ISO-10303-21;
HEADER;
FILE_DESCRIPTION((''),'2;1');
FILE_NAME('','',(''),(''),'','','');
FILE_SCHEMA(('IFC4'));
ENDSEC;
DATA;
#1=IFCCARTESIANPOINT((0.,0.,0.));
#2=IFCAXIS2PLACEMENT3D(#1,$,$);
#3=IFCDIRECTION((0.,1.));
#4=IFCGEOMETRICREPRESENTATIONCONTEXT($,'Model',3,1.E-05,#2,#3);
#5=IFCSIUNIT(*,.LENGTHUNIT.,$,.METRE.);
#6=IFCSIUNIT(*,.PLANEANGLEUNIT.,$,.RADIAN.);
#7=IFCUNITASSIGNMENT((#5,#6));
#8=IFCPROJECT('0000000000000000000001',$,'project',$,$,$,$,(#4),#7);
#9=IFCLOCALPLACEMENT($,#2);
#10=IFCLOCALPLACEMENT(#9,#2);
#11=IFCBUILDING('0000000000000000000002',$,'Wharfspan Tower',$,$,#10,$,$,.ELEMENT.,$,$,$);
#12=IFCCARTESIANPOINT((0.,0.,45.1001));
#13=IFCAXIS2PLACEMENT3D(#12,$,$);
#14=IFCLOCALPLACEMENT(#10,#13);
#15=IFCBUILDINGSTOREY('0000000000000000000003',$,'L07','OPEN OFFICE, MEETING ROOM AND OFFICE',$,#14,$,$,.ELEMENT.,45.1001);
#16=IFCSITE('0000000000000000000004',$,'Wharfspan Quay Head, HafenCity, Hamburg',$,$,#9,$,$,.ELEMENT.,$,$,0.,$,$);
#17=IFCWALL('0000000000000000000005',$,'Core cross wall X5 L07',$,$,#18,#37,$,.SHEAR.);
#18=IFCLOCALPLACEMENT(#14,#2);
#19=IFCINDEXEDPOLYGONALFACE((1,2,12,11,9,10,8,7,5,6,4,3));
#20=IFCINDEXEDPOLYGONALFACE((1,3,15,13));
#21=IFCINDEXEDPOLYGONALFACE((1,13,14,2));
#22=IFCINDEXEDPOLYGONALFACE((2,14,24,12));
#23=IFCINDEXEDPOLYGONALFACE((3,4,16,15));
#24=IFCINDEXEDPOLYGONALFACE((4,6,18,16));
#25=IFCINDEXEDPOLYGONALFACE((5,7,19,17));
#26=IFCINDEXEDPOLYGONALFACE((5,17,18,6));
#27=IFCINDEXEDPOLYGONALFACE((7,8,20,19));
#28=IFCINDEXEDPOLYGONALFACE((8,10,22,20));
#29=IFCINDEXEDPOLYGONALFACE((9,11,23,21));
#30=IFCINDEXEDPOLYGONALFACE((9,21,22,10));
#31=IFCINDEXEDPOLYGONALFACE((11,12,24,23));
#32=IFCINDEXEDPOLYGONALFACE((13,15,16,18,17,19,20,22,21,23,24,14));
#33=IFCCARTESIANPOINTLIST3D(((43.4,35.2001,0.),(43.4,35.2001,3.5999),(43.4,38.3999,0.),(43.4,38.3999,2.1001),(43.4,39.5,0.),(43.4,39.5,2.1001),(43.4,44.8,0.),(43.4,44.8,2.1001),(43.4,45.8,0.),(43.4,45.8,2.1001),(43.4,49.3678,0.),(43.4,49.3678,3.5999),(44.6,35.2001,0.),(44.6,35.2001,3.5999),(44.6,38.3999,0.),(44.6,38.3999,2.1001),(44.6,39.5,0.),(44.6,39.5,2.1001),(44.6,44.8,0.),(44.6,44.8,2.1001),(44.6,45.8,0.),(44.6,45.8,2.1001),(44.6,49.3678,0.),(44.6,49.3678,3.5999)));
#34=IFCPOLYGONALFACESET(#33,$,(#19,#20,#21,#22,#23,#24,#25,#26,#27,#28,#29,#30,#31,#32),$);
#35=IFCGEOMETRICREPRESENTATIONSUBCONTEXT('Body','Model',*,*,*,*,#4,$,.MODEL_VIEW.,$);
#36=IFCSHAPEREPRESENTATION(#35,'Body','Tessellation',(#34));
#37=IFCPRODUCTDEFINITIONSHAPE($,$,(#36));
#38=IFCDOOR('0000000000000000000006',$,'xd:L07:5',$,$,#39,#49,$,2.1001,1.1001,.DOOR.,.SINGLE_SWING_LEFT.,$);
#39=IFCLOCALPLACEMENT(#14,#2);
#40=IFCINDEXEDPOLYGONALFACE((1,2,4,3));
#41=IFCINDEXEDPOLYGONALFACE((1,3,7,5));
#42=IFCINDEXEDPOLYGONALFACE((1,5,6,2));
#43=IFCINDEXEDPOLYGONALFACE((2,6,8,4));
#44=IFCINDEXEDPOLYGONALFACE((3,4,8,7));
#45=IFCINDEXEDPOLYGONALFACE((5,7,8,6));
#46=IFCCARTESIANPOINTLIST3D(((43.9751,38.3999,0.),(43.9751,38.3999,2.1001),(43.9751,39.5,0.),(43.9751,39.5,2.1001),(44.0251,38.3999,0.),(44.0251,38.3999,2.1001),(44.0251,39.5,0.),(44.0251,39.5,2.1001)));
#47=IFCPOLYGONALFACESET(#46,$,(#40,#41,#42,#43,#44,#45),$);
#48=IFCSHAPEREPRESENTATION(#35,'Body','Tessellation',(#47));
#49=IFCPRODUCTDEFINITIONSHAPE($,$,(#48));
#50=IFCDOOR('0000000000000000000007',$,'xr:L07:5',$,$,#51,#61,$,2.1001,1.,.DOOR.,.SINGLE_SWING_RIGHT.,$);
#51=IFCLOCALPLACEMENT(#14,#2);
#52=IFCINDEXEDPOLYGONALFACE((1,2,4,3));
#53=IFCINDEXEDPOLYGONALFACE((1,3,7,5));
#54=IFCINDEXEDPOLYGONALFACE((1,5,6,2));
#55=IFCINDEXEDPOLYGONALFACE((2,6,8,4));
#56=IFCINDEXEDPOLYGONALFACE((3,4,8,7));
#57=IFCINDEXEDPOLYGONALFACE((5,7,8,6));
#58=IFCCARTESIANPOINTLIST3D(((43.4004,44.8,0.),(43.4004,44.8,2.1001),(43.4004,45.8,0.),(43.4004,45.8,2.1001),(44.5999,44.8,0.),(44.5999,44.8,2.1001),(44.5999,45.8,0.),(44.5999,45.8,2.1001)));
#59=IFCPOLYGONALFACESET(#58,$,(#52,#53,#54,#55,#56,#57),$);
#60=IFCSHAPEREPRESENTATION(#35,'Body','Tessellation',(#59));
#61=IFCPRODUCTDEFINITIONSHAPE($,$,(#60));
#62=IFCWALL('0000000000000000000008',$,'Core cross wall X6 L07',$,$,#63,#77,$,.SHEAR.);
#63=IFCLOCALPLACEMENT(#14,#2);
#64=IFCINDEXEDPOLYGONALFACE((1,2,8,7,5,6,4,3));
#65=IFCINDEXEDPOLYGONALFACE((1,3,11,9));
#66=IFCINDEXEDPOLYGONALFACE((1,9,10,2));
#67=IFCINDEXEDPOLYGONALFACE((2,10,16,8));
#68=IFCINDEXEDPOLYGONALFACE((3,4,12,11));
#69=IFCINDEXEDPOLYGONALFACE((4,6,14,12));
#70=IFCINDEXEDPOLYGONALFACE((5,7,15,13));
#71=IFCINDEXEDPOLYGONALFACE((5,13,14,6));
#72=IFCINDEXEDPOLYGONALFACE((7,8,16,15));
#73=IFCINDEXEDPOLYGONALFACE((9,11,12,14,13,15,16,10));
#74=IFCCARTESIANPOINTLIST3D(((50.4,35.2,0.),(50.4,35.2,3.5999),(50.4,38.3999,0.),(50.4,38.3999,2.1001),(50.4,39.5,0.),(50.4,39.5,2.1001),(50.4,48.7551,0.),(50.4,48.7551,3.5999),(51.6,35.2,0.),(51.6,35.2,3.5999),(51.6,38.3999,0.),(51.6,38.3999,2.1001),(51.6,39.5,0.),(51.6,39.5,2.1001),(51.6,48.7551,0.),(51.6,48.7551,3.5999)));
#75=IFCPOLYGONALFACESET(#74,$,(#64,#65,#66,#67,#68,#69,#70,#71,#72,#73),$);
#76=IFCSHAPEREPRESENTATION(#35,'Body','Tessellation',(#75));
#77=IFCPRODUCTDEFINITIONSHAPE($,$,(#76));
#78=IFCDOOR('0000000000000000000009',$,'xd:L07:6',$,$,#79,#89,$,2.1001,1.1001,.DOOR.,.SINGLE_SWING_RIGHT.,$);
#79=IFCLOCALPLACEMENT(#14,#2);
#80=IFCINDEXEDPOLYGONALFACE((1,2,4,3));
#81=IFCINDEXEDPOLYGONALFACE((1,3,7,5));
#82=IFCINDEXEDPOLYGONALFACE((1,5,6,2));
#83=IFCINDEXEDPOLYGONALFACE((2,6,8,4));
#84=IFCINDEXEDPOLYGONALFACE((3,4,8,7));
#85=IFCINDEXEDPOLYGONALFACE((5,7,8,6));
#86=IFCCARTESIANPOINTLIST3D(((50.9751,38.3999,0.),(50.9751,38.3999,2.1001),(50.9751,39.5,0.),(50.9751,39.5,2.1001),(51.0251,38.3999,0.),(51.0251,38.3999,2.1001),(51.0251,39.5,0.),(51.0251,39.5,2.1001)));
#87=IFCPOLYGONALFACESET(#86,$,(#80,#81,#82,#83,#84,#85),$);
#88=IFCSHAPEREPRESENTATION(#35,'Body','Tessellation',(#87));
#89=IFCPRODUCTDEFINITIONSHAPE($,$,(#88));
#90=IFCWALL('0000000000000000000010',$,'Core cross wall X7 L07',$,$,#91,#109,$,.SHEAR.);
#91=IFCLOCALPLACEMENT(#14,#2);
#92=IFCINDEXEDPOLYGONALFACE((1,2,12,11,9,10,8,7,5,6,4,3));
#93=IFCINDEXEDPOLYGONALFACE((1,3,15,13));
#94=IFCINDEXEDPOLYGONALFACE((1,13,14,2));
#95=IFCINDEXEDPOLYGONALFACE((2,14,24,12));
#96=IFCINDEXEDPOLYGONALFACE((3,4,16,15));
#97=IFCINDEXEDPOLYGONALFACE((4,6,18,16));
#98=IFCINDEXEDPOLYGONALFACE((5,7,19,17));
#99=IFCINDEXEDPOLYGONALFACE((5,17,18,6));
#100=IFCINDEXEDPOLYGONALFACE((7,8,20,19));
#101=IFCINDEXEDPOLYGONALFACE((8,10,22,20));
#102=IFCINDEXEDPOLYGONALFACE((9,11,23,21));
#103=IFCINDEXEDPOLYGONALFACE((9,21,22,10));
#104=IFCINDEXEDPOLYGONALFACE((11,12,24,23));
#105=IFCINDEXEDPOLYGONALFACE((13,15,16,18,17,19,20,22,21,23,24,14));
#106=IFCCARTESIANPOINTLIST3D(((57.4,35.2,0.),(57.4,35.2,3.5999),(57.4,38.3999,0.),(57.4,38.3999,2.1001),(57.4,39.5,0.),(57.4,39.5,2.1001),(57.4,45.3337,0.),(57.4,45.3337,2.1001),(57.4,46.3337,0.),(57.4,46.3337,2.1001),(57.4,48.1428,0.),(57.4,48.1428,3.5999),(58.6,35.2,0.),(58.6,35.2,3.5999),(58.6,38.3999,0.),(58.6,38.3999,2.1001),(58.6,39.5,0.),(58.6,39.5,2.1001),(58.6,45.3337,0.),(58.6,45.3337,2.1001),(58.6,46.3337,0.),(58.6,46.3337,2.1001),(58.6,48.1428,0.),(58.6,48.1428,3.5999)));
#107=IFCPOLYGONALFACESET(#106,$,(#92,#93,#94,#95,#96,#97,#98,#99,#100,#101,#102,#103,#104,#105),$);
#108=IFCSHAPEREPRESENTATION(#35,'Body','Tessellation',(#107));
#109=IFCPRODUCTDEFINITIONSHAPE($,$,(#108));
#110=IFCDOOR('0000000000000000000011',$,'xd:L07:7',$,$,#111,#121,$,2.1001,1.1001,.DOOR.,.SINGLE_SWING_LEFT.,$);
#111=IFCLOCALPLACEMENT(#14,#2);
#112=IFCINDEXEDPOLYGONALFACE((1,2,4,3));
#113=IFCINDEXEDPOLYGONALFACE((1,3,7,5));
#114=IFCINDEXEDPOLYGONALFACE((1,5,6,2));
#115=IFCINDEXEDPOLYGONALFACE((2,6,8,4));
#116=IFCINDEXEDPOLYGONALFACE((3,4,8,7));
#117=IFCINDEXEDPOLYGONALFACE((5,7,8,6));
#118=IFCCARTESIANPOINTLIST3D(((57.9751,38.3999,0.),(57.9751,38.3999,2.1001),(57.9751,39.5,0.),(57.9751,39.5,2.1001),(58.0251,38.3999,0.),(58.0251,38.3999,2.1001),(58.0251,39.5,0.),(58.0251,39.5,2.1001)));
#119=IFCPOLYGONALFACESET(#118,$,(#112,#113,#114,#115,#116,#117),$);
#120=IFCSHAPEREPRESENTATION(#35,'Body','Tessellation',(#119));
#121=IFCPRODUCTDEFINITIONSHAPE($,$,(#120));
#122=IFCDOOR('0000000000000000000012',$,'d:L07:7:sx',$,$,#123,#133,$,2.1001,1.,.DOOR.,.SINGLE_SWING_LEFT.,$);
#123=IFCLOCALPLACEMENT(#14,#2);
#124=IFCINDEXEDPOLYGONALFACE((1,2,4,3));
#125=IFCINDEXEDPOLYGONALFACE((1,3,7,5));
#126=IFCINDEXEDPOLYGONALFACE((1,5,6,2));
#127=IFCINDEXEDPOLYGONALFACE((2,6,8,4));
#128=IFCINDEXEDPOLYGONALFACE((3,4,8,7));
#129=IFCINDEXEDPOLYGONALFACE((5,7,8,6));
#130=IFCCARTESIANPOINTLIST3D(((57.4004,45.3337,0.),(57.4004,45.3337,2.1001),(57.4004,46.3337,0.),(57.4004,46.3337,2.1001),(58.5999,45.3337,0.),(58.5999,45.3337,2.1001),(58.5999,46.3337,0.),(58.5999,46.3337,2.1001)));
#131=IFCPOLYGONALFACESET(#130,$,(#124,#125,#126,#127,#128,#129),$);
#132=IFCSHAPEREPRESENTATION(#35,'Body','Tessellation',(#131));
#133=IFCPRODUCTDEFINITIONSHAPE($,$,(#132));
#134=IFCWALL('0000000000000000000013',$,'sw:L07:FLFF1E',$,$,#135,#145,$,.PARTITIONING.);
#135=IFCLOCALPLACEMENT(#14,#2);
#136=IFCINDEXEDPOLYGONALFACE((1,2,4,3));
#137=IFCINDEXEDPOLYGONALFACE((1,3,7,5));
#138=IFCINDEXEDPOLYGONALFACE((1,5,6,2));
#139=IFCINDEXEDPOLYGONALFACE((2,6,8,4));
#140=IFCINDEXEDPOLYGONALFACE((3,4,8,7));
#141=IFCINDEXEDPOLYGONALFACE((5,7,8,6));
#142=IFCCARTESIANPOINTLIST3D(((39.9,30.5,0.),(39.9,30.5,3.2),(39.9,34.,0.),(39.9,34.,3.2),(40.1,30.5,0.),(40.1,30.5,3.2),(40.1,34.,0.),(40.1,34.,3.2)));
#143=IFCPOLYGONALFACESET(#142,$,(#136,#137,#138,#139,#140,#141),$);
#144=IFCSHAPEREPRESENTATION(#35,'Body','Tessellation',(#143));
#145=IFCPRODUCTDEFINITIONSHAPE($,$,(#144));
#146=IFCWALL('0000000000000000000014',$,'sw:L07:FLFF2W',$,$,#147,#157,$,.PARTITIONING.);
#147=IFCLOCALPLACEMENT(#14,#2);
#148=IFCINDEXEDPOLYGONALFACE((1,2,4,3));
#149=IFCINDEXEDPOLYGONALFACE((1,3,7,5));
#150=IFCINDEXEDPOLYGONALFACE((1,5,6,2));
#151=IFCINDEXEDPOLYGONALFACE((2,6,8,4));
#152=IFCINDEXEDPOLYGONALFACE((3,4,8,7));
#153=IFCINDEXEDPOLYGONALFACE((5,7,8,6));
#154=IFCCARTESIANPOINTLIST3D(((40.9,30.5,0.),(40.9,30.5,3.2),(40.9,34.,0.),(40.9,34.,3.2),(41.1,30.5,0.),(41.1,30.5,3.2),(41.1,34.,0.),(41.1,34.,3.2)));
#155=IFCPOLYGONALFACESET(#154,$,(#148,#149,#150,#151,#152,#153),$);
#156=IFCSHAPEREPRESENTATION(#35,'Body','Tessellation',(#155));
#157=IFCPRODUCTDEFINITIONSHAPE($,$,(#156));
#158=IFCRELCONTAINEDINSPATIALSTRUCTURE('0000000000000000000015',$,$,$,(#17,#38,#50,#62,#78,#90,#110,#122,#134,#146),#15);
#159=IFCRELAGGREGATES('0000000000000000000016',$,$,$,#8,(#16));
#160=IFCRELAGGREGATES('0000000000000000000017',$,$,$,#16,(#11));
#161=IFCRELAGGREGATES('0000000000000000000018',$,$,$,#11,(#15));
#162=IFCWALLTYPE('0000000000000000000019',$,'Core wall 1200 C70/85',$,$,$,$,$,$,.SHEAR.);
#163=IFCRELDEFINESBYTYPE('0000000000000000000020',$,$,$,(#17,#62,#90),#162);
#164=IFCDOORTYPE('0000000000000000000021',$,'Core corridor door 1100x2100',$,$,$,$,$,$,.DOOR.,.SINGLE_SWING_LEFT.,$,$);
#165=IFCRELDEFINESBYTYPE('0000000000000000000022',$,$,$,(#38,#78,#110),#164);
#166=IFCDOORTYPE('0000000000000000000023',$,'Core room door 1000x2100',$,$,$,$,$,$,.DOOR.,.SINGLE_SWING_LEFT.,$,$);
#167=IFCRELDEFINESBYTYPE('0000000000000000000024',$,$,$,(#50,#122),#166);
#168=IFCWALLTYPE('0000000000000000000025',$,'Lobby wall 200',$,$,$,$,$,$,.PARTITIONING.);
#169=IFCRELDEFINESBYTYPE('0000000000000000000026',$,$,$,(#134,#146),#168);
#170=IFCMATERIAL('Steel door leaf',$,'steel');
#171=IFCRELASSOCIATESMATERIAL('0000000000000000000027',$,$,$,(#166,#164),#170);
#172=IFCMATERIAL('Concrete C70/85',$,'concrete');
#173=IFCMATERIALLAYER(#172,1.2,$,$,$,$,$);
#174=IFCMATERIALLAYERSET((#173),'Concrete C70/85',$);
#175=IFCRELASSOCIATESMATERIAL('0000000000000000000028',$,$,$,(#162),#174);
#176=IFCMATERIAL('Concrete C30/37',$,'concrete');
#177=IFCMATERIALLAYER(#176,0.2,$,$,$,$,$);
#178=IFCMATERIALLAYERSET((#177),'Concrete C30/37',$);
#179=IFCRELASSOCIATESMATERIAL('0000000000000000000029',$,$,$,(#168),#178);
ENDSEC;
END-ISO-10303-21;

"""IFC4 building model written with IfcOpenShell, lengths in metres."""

from ifc_helpers import new_model, si_unit, direction, frame, frame_2d, origin, place, context, subcontext, project, spatial, rectangle, extrude, material, layer, layer_set, type_object, element, fill, save


model = new_model("IFC4")

# Units and contexts
model_context = context("Model", 3, precision=1e-05, world=origin(), true_north=direction((0.0, 1.0)))
body_context = subcontext(model_context, "Body", "Model", "MODEL_VIEW")
ifc_project = project(units=[si_unit("LENGTHUNIT", "METRE"), si_unit("PLANEANGLEUNIT", "RADIAN")], contexts=[model_context])

# Site, building, storey
site_placement = place(None, origin())
site = spatial("IfcSite", under=ifc_project, at=site_placement, Name="Wharfspan Quay Head, HafenCity, Hamburg", CompositionType="ELEMENT", RefElevation=0.0)
building_placement = place(site_placement, origin())
building = spatial("IfcBuilding", under=site, at=building_placement, Name="Wharfspan Tower", CompositionType="ELEMENT")
storey_placement = place(building_placement, frame((0.0, 0.0, 45.1001)))
storey = spatial("IfcBuildingStorey", under=building, at=storey_placement, Name="L07", Description="OPEN OFFICE, MEETING ROOM AND OFFICE", CompositionType="ELEMENT", Elevation=45.1001)

# Shared definitions
ifc_material_1 = material(Name="Steel door leaf", Category="steel")
door_type_1 = type_object("IfcDoorType", Name="Core room door 1000x2100", OperationType="SINGLE_SWING_LEFT", PredefinedType="DOOR", material=ifc_material_1)

# Wall, openings, doors
ifc_material_2 = material(Name="Concrete C70/85", Category="concrete")
ifc_layer_1 = layer(ifc_material_2, 1.2)
ifc_layer_set_1 = layer_set([ifc_layer_1], Name="Concrete C70/85")
wall_type_1 = type_object("IfcWallType", Name="Core wall 1200 C70/85", PredefinedType="SHEAR", material=ifc_layer_set_1)
wall_1_placement = place(storey_placement, frame((44.0, 35.2, 0.0), z_axis=(0.0, 0.0, 1.0), x_axis=(0.0, 1.0, 0.0)))
wall_1 = element("IfcWall", 1, at=wall_1_placement, inside=storey, type_object=wall_type_1, Name="Core cross wall X5 L07", PredefinedType="SHEAR", context=body_context, shape_type="SweptSolid", body=[
    extrude(rectangle(XDim=14.1677, YDim=1.2, at=frame_2d((7.084, 0.0))), origin(), (0.0, 0.0, 1.0), 3.5999),
])
opening_1_placement = place(wall_1_placement, frame((3.2, 0.0, 0.0)))
opening_1 = element("IfcOpeningElement", 2, at=opening_1_placement, cuts=wall_1, PredefinedType="OPENING", context=body_context, shape_type="SweptSolid", body=[
    extrude(rectangle(XDim=1.1001, YDim=2.1001, at=frame_2d((0.55, 1.05))), frame((0.0, 0.6099, 0.0), z_axis=(0.0, -1.0, 0.0), x_axis=(1.0, 0.0, 0.0)), (0.0, 0.0, 1.0), 1.22),
])
opening_2_placement = place(wall_1_placement, frame((9.6001, 0.0, 0.0)))
opening_2 = element("IfcOpeningElement", 3, at=opening_2_placement, cuts=wall_1, PredefinedType="OPENING", context=body_context, shape_type="SweptSolid", body=[
    extrude(rectangle(XDim=1.0, YDim=2.1001, at=frame_2d((0.5, 1.05))), frame((0.0, 0.6099, 0.0), z_axis=(0.0, -1.0, 0.0), x_axis=(1.0, 0.0, 0.0)), (0.0, 0.0, 1.0), 1.22),
])
door_type_2 = type_object("IfcDoorType", Name="Core corridor door 1100x2100", OperationType="SINGLE_SWING_LEFT", PredefinedType="DOOR", material=ifc_material_1)
door_1_placement = place(opening_1_placement, origin())
door_1 = element("IfcDoor", 4, at=door_1_placement, inside=storey, type_object=door_type_2, Name="xd:L07:5", OperationType="SINGLE_SWING_LEFT", OverallHeight=2.1001, OverallWidth=1.1001, PredefinedType="DOOR", context=body_context, shape_type="SweptSolid", body=[
    extrude(rectangle(XDim=1.1001, YDim=2.1001, at=frame_2d((0.55, 1.05))), frame((0.0, 0.0249, 0.0), z_axis=(0.0, -1.0, 0.0), x_axis=(1.0, 0.0, 0.0)), (0.0, 0.0, 1.0), 0.05),
])
fill(opening_1, door_1)
door_2_placement = place(opening_2_placement, origin())
door_2 = element("IfcDoor", 5, at=door_2_placement, inside=storey, type_object=door_type_1, Name="xr:L07:5", OperationType="SINGLE_SWING_RIGHT", OverallHeight=2.1001, OverallWidth=1.0, PredefinedType="DOOR", context=body_context, shape_type="SweptSolid", body=[
    extrude(rectangle(XDim=1.0, YDim=2.1001, at=frame_2d((0.5, 1.05))), frame((0.0, 0.5996, 0.0), z_axis=(0.0, -1.0, 0.0), x_axis=(1.0, 0.0, 0.0)), (0.0, 0.0, 1.0), 1.1995),
])
fill(opening_2, door_2)

# Wall, opening, door
wall_2_placement = place(storey_placement, frame((51.0, 35.2, 0.0), z_axis=(0.0, 0.0, 1.0), x_axis=(0.0, 1.0, 0.0)))
wall_2 = element("IfcWall", 6, at=wall_2_placement, inside=storey, type_object=wall_type_1, Name="Core cross wall X6 L07", PredefinedType="SHEAR", context=body_context, shape_type="SweptSolid", body=[
    extrude(rectangle(XDim=13.5552, YDim=1.2, at=frame_2d((6.7776, 0.0))), origin(), (0.0, 0.0, 1.0), 3.5999),
])
opening_3_placement = place(wall_2_placement, frame((3.2, 0.0, 0.0)))
opening_3 = element("IfcOpeningElement", 7, at=opening_3_placement, cuts=wall_2, PredefinedType="OPENING", context=body_context, shape_type="SweptSolid", body=[
    extrude(rectangle(XDim=1.1001, YDim=2.1001, at=frame_2d((0.55, 1.05))), frame((0.0, 0.6099, 0.0), z_axis=(0.0, -1.0, 0.0), x_axis=(1.0, 0.0, 0.0)), (0.0, 0.0, 1.0), 1.22),
])
door_3_placement = place(opening_3_placement, origin())
door_3 = element("IfcDoor", 8, at=door_3_placement, inside=storey, type_object=door_type_2, Name="xd:L07:6", OperationType="SINGLE_SWING_RIGHT", OverallHeight=2.1001, OverallWidth=1.1001, PredefinedType="DOOR", context=body_context, shape_type="SweptSolid", body=[
    extrude(rectangle(XDim=1.1001, YDim=2.1001, at=frame_2d((0.55, 1.05))), frame((0.0, 0.0249, 0.0), z_axis=(0.0, -1.0, 0.0), x_axis=(1.0, 0.0, 0.0)), (0.0, 0.0, 1.0), 0.05),
])
fill(opening_3, door_3)

# Wall, openings, doors
wall_3_placement = place(storey_placement, frame((58.0, 35.2, 0.0), z_axis=(0.0, 0.0, 1.0), x_axis=(0.0, 1.0, 0.0)))
wall_3 = element("IfcWall", 9, at=wall_3_placement, inside=storey, type_object=wall_type_1, Name="Core cross wall X7 L07", PredefinedType="SHEAR", context=body_context, shape_type="SweptSolid", body=[
    extrude(rectangle(XDim=12.9429, YDim=1.2, at=frame_2d((6.4714, 0.0))), origin(), (0.0, 0.0, 1.0), 3.5999),
])
opening_4_placement = place(wall_3_placement, frame((10.1338, 0.0, 0.0)))
opening_4 = element("IfcOpeningElement", 10, at=opening_4_placement, cuts=wall_3, PredefinedType="OPENING", context=body_context, shape_type="SweptSolid", body=[
    extrude(rectangle(XDim=1.0, YDim=2.1001, at=frame_2d((0.5, 1.05))), frame((0.0, 0.6099, 0.0), z_axis=(0.0, -1.0, 0.0), x_axis=(1.0, 0.0, 0.0)), (0.0, 0.0, 1.0), 1.22),
])
opening_5_placement = place(wall_3_placement, frame((3.2, 0.0, 0.0)))
opening_5 = element("IfcOpeningElement", 11, at=opening_5_placement, cuts=wall_3, PredefinedType="OPENING", context=body_context, shape_type="SweptSolid", body=[
    extrude(rectangle(XDim=1.1001, YDim=2.1001, at=frame_2d((0.55, 1.05))), frame((0.0, 0.6099, 0.0), z_axis=(0.0, -1.0, 0.0), x_axis=(1.0, 0.0, 0.0)), (0.0, 0.0, 1.0), 1.22),
])
door_4_placement = place(opening_5_placement, origin())
door_4 = element("IfcDoor", 12, at=door_4_placement, inside=storey, type_object=door_type_2, Name="xd:L07:7", OperationType="SINGLE_SWING_LEFT", OverallHeight=2.1001, OverallWidth=1.1001, PredefinedType="DOOR", context=body_context, shape_type="SweptSolid", body=[
    extrude(rectangle(XDim=1.1001, YDim=2.1001, at=frame_2d((0.55, 1.05))), frame((0.0, 0.0249, 0.0), z_axis=(0.0, -1.0, 0.0), x_axis=(1.0, 0.0, 0.0)), (0.0, 0.0, 1.0), 0.05),
])
fill(opening_5, door_4)
door_5_placement = place(opening_4_placement, origin())
door_5 = element("IfcDoor", 13, at=door_5_placement, inside=storey, type_object=door_type_1, Name="d:L07:7:sx", OperationType="SINGLE_SWING_LEFT", OverallHeight=2.1001, OverallWidth=1.0, PredefinedType="DOOR", context=body_context, shape_type="SweptSolid", body=[
    extrude(rectangle(XDim=1.0, YDim=2.1001, at=frame_2d((0.5, 1.05))), frame((0.0, 0.5996, 0.0), z_axis=(0.0, -1.0, 0.0), x_axis=(1.0, 0.0, 0.0)), (0.0, 0.0, 1.0), 1.1995),
])
fill(opening_4, door_5)

# Walls
ifc_material_3 = material(Name="Concrete C30/37", Category="concrete")
ifc_layer_2 = layer(ifc_material_3, 0.2)
ifc_layer_set_2 = layer_set([ifc_layer_2], Name="Concrete C30/37")
wall_type_2 = type_object("IfcWallType", Name="Lobby wall 200", PredefinedType="PARTITIONING", material=ifc_layer_set_2)
for number, where, z_axis, x_axis, name in (
    (14, (40.0, 30.5, 0.0), (0.0, 0.0, 1.0), (0.0, 1.0, 0.0), "sw:L07:FLFF1E"),
    (15, (41.0, 30.5, 0.0), (0.0, 0.0, 1.0), (0.0, 1.0, 0.0), "sw:L07:FLFF2W"),
):
    element("IfcWall", number, at=place(storey_placement, frame(where, z_axis=z_axis, x_axis=x_axis)), inside=storey, type_object=wall_type_2, Name=name, PredefinedType="PARTITIONING", context=body_context, shape_type="SweptSolid", body=[
        extrude(rectangle(XDim=3.5, YDim=0.2, at=frame_2d((1.75, 0.0))), origin(), (0.0, 0.0, 1.0), 3.2),
    ])

save(model, "model.ifc")
